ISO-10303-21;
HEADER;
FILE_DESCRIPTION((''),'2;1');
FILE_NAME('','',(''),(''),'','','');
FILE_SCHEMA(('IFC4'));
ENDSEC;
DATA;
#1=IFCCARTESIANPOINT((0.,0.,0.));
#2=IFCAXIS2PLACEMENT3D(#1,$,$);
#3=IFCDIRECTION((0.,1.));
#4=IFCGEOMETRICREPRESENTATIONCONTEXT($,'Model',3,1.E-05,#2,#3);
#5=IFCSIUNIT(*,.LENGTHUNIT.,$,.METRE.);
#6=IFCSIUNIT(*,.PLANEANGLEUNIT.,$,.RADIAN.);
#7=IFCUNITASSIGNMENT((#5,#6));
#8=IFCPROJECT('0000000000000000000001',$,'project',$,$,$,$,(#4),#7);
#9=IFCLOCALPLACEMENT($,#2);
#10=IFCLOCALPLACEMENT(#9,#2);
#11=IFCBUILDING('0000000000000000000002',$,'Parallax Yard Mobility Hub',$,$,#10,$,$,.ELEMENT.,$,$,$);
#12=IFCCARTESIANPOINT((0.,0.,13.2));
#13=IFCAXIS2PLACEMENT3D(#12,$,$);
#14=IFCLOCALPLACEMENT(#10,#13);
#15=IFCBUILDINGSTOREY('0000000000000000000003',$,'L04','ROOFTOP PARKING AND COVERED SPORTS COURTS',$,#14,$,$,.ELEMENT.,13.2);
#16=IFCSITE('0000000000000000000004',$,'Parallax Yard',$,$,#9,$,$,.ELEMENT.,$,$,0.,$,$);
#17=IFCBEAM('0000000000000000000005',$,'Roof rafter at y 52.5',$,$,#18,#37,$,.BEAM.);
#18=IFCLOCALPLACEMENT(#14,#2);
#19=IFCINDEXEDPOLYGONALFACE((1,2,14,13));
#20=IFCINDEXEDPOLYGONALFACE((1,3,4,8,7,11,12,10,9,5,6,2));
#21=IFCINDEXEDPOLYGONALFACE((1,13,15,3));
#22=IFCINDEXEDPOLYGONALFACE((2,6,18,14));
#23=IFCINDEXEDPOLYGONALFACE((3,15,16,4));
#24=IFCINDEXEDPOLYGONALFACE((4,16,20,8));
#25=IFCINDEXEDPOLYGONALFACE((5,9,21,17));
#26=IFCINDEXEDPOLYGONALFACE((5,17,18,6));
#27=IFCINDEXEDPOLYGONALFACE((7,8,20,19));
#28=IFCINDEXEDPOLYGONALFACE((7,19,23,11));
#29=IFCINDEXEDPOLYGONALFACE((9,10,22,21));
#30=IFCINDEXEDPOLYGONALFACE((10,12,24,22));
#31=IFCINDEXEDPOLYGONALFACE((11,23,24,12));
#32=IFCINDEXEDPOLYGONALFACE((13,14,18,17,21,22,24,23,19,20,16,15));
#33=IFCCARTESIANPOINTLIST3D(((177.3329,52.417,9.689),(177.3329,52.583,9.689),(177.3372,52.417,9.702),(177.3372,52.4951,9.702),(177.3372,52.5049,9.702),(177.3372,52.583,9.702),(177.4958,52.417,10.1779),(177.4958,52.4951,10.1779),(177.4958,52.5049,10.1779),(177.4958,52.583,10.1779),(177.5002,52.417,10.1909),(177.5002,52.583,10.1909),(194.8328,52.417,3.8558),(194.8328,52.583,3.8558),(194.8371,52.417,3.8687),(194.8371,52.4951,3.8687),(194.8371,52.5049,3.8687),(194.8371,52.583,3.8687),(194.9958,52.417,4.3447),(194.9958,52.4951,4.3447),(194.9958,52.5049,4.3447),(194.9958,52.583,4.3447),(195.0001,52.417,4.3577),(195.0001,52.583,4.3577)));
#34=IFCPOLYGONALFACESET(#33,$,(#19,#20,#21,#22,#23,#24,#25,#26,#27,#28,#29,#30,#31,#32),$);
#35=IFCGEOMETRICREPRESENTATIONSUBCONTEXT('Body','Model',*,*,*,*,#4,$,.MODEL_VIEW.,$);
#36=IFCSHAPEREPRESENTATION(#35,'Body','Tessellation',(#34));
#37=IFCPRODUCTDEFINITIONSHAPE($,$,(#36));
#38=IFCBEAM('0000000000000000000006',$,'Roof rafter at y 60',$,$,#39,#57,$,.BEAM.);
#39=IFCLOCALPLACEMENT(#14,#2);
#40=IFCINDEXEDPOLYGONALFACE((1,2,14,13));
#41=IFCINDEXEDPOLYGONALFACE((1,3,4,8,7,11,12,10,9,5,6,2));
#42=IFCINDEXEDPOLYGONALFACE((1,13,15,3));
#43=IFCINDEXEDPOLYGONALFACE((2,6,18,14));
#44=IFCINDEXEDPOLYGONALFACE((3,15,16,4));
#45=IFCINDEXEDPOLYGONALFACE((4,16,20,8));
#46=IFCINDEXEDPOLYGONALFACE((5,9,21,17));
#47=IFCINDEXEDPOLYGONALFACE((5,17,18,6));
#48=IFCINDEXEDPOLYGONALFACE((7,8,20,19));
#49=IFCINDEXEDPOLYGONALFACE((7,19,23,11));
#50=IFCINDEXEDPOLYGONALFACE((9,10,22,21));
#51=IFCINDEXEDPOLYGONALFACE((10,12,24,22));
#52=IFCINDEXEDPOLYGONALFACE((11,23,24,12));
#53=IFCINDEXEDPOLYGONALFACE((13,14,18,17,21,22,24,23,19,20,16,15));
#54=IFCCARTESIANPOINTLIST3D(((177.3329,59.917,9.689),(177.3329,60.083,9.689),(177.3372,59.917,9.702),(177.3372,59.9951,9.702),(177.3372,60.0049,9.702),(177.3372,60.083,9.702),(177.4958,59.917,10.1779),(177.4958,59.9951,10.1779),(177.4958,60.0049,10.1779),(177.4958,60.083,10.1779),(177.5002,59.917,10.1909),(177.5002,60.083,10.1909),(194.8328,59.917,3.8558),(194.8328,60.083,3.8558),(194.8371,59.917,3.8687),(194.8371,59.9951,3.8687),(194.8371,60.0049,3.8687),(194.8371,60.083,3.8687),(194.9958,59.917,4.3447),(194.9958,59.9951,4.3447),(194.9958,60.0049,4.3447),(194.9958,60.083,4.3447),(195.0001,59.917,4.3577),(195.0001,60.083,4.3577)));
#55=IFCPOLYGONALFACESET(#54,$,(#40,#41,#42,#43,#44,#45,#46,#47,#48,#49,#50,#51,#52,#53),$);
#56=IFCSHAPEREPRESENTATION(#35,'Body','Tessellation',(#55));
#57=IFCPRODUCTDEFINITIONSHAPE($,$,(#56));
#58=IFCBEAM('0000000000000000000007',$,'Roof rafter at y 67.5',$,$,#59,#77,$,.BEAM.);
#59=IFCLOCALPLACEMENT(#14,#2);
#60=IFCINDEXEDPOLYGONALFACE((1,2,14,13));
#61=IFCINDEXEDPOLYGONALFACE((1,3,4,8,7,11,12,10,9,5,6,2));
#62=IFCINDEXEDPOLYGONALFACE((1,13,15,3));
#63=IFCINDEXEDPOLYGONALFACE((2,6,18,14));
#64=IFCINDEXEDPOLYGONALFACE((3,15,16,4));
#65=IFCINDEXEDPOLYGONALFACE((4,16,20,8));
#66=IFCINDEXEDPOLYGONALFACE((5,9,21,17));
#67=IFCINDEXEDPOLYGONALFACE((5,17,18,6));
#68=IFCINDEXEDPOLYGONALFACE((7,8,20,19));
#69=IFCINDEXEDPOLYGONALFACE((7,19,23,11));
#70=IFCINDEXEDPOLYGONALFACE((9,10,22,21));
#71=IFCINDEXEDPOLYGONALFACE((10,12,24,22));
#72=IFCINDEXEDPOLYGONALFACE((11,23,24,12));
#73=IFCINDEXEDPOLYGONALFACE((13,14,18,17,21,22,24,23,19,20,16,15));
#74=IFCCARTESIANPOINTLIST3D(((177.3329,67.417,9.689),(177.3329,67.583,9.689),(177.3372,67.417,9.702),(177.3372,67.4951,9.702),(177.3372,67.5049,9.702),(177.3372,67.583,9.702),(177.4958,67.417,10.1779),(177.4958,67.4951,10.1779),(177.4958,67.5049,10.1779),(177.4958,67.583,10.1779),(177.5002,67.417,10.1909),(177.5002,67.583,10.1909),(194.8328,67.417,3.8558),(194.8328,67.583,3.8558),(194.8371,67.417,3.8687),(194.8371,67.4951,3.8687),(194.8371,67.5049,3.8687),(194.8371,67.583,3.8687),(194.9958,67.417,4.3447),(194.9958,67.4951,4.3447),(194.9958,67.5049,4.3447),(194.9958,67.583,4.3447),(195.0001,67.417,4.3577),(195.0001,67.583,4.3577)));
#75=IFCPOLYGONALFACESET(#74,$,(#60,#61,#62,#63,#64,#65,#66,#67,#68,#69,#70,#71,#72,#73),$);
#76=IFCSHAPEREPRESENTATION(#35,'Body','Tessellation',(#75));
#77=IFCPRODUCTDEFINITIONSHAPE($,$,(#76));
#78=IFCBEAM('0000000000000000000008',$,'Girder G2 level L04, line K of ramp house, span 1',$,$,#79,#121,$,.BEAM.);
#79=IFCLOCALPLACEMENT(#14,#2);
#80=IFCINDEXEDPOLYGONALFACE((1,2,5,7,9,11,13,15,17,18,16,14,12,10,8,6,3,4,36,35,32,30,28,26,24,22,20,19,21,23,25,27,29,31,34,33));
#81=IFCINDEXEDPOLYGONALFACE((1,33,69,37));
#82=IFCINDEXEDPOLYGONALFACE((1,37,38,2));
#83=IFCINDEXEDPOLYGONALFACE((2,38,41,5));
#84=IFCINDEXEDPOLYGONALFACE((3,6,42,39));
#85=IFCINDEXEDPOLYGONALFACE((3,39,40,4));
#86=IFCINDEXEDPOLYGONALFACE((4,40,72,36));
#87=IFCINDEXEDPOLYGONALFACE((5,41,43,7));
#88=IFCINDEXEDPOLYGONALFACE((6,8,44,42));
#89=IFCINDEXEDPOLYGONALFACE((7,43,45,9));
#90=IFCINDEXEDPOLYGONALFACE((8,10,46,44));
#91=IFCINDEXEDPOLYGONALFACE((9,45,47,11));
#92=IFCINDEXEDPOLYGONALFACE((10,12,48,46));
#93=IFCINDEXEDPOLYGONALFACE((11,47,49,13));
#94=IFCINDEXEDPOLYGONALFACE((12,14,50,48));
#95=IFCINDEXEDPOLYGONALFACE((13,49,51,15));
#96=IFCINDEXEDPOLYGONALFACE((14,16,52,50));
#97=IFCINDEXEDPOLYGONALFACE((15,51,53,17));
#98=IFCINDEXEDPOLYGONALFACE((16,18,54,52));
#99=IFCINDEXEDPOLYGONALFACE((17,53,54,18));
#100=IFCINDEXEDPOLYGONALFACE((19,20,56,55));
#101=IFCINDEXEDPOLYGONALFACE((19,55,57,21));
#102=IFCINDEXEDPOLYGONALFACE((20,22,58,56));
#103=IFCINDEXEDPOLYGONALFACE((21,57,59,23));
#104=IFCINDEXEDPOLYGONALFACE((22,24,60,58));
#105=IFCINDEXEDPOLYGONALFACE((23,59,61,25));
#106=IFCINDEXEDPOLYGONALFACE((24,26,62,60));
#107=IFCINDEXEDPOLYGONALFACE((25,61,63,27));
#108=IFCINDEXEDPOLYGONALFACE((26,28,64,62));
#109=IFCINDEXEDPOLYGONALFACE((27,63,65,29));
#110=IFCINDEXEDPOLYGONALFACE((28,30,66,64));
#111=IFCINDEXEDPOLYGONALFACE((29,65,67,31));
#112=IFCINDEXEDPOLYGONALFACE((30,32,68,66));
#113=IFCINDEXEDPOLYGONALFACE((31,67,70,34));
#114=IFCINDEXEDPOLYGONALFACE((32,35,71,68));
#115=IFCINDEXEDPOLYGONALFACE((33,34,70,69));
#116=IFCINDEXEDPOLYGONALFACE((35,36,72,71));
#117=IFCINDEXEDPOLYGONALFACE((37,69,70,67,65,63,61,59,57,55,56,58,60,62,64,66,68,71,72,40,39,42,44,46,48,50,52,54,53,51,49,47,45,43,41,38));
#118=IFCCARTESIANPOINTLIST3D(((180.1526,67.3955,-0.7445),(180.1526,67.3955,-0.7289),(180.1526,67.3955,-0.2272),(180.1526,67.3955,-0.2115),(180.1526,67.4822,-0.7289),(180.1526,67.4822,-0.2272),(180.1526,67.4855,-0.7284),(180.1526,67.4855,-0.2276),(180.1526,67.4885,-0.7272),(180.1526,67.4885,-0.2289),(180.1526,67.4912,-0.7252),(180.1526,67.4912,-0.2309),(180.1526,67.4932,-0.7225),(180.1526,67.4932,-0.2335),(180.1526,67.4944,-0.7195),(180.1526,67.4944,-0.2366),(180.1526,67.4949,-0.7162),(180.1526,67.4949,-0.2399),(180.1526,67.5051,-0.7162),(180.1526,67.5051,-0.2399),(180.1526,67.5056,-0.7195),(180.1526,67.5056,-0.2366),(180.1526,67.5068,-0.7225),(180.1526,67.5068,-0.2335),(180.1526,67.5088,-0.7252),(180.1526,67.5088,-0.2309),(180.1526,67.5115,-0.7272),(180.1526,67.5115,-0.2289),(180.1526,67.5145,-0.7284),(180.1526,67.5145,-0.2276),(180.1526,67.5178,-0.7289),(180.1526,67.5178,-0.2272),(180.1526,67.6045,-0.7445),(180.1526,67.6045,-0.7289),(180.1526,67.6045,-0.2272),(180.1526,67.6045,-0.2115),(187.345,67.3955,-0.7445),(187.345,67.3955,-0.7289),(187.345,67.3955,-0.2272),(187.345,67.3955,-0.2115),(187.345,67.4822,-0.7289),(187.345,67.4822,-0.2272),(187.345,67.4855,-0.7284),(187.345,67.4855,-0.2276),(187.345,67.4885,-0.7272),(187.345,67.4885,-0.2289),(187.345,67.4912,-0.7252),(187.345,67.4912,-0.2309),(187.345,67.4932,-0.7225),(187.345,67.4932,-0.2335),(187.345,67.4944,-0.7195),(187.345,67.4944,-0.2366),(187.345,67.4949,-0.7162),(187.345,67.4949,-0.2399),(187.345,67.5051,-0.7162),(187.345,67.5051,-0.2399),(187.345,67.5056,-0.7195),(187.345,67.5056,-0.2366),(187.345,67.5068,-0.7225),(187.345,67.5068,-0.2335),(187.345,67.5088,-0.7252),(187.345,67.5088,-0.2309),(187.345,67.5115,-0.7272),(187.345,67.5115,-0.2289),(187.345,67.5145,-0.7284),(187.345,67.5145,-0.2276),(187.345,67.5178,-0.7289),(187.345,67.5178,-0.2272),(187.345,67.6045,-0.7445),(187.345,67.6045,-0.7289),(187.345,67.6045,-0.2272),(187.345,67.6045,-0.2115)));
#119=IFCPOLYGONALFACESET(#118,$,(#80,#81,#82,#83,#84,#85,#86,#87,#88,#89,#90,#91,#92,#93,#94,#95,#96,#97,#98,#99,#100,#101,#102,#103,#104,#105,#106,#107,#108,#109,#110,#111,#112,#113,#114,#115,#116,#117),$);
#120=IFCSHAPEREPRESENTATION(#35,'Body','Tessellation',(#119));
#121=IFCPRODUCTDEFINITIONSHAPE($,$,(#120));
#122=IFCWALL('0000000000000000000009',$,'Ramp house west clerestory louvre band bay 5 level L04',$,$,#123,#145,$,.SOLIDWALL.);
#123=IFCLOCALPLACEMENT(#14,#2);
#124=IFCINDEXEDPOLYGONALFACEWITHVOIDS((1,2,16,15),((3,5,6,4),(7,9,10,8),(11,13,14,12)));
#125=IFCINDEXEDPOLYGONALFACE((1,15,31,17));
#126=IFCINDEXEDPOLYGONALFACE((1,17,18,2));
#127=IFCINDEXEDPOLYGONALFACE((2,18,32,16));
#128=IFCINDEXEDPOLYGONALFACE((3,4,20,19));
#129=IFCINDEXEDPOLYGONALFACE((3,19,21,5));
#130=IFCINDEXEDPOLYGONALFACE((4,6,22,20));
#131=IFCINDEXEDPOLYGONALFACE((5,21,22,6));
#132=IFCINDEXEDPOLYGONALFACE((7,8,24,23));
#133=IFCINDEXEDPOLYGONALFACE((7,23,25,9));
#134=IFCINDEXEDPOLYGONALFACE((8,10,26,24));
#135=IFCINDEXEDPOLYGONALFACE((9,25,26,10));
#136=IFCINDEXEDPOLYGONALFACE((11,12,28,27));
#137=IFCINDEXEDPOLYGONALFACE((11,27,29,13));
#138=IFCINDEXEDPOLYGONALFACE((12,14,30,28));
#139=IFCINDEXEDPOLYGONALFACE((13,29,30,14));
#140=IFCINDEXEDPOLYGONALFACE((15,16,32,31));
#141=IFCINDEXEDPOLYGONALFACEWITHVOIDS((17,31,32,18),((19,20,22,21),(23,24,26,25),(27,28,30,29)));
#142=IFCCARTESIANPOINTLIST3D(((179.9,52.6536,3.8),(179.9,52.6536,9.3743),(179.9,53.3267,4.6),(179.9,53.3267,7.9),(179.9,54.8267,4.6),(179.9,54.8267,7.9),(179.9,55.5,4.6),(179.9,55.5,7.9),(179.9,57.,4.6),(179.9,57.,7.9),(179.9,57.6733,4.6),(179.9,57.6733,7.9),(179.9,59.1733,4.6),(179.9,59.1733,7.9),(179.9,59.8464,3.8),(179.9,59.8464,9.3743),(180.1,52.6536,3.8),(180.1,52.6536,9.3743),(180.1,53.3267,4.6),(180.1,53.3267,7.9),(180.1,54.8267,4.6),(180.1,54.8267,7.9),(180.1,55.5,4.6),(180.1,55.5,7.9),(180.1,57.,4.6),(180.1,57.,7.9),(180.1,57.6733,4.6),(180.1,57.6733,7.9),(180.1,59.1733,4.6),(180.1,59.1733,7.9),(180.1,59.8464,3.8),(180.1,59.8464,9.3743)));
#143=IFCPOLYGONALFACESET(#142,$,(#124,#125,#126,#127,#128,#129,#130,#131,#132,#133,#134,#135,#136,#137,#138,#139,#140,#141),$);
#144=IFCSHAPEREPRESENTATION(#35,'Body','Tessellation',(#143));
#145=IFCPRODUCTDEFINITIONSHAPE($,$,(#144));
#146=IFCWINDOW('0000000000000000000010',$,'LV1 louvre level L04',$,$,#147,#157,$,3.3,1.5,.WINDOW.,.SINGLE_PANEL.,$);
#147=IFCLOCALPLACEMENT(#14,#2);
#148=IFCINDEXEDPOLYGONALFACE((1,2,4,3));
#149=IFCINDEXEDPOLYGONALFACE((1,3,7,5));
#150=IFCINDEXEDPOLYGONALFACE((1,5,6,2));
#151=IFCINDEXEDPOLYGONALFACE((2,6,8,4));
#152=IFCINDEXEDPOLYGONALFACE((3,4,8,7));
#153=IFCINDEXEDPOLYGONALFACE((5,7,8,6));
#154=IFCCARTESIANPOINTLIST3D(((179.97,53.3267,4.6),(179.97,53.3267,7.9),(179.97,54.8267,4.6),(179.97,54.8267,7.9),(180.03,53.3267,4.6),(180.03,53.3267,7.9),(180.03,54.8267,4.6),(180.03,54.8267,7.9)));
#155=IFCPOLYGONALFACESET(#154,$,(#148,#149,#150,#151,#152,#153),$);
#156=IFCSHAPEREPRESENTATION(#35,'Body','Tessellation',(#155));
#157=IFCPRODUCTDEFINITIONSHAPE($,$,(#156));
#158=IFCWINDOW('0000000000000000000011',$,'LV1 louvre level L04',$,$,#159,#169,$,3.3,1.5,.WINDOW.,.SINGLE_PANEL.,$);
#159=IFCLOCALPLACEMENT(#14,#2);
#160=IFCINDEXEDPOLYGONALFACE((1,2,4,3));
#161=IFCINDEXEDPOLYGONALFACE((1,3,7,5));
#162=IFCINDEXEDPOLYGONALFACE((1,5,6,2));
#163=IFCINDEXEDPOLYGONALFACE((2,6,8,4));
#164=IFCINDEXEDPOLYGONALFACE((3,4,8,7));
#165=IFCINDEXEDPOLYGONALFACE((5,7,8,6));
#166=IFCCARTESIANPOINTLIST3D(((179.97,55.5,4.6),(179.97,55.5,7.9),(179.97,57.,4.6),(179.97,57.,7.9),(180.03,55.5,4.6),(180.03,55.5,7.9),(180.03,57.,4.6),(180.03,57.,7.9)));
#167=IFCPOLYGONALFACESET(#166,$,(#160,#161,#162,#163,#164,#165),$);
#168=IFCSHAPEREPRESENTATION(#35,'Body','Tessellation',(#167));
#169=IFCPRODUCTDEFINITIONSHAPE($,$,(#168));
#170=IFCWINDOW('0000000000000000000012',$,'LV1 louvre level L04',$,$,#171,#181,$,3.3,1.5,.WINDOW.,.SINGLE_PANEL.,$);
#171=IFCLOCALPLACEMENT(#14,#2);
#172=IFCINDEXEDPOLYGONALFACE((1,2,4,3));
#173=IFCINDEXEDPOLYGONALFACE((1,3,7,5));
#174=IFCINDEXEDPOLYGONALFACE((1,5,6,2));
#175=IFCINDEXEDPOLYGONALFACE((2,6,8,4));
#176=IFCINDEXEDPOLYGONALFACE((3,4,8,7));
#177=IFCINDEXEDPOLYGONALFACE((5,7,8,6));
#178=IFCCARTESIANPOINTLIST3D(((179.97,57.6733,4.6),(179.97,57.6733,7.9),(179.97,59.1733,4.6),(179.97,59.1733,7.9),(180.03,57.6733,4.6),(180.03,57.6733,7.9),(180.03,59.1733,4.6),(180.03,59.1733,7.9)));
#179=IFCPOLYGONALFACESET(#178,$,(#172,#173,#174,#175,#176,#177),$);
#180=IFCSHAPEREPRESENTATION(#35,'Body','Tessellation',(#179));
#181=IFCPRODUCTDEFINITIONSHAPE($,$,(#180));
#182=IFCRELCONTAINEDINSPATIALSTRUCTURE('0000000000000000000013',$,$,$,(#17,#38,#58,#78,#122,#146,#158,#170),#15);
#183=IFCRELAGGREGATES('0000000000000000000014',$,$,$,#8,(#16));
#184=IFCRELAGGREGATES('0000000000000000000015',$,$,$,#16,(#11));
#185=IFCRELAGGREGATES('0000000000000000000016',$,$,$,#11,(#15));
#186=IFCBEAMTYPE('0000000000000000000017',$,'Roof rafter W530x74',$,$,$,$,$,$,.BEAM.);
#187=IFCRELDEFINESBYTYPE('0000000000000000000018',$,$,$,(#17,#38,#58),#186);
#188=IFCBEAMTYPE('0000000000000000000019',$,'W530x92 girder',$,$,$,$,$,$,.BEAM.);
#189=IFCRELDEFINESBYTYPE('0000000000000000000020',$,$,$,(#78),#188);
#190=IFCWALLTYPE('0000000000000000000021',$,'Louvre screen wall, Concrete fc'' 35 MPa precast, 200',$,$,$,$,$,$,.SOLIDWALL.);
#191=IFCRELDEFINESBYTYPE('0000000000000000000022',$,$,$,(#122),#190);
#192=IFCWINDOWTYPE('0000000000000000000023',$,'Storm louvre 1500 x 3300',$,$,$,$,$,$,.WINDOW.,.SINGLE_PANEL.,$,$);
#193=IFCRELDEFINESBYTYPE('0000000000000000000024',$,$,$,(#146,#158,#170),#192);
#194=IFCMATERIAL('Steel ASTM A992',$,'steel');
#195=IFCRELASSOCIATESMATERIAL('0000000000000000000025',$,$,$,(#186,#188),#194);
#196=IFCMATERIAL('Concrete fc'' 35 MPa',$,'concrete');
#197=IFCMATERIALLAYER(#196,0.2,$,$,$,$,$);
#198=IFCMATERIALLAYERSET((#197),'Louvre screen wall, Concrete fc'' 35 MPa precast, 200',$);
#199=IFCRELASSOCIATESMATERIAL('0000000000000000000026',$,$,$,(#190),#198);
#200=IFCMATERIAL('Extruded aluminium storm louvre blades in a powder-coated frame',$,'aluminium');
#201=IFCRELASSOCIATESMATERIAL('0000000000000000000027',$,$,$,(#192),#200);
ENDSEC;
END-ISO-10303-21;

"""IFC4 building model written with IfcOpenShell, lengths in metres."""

from ifc_helpers import new_model, si_unit, direction, frame, frame_2d, origin, origin_2d, place, context, subcontext, project, spatial, rectangle, i_section, extrude, material, layer, layer_set, material_profile, profile_set, type_object, element, fill, save


model = new_model("IFC4")

# Units and contexts
model_context = context("Model", 3, precision=1e-05, world=origin(), true_north=direction((0.0, 1.0)))
body_context = subcontext(model_context, "Body", "Model", "MODEL_VIEW")
ifc_project = project(units=[si_unit("LENGTHUNIT", "METRE"), si_unit("PLANEANGLEUNIT", "RADIAN")], contexts=[model_context])

# Site, building, storey
site_placement = place(None, origin())
site = spatial("IfcSite", under=ifc_project, at=site_placement, Name="Parallax Yard", CompositionType="ELEMENT", RefElevation=0.0)
building_placement = place(site_placement, origin())
building = spatial("IfcBuilding", under=site, at=building_placement, Name="Parallax Yard Mobility Hub", CompositionType="ELEMENT")
storey_placement = place(building_placement, frame((0.0, 0.0, 13.2)))
storey = spatial("IfcBuildingStorey", under=building, at=storey_placement, Name="L04", Description="ROOFTOP PARKING AND COVERED SPORTS COURTS", CompositionType="ELEMENT", Elevation=13.2)

# Shared definitions
ifc_material_1 = material(Name="Steel ASTM A992", Category="steel")

# Beams
ifc_material_profile_1 = material_profile(ifc_material_1, i_section(OverallWidth=0.166, OverallDepth=0.5291, WebThickness=0.0098, FlangeThickness=0.0137, at=origin_2d()), Name="W530x74")
ifc_profile_set_1 = profile_set([ifc_material_profile_1], Name="Steel ASTM A992")
beam_type_1 = type_object("IfcBeamType", Name="Roof rafter W530x74", PredefinedType="BEAM", material=ifc_profile_set_1)
for number, where, z_axis, x_axis, name in (
    (1, (177.4165, 52.5, 9.9399), (0.948685, 0.0, -0.316224), (0.0, 1.0, 0.0), "Roof rafter at y 52.5"),
    (2, (177.4165, 60.0, 9.9399), (0.948685, 0.0, -0.316224), (0.0, 1.0, 0.0), "Roof rafter at y 60"),
    (3, (177.4165, 67.5, 9.9399), (0.948685, 0.0, -0.316224), (0.0, 1.0, 0.0), "Roof rafter at y 67.5"),
):
    element("IfcBeam", number, at=place(storey_placement, frame(where, z_axis=z_axis, x_axis=x_axis)), inside=storey, type_object=beam_type_1, Name=name, PredefinedType="BEAM", context=body_context, shape_type="SweptSolid", body=[
        extrude(i_section(OverallWidth=0.166, OverallDepth=0.5291, WebThickness=0.0098, FlangeThickness=0.0137, at=origin_2d()), origin(), (0.0, 0.0, 1.0), 18.4465),
    ])
ifc_material_profile_2 = material_profile(ifc_material_1, i_section(OverallWidth=0.209, OverallDepth=0.533, WebThickness=0.0103, FlangeThickness=0.0156, FilletRadius=0.0127, at=origin_2d()), Name="W530x92")
ifc_profile_set_2 = profile_set([ifc_material_profile_2], Name="Steel ASTM A992")
beam_type_2 = type_object("IfcBeamType", Name="W530x92 girder", PredefinedType="BEAM", material=ifc_profile_set_2)
beam_placement = place(storey_placement, frame((180.1526, 67.5, -0.478), z_axis=(1.0, 0.0, 0.0), x_axis=(0.0, 1.0, 0.0)))
element("IfcBeam", 4, at=beam_placement, inside=storey, type_object=beam_type_2, Name="Girder G2 level L04, line K of ramp house, span 1", PredefinedType="BEAM", context=body_context, shape_type="SweptSolid", body=[
    extrude(i_section(OverallWidth=0.209, OverallDepth=0.533, WebThickness=0.0103, FlangeThickness=0.0156, FilletRadius=0.0127, at=origin_2d()), origin(), (0.0, 0.0, 1.0), 7.1924),
])

# Wall, openings, windows
ifc_material_2 = material(Name="Concrete fc' 35 MPa", Category="concrete")
ifc_layer_1 = layer(ifc_material_2, 0.2)
ifc_layer_set_1 = layer_set([ifc_layer_1], Name="Louvre screen wall, Concrete fc' 35 MPa precast, 200")
wall_type = type_object("IfcWallType", Name="Louvre screen wall, Concrete fc' 35 MPa precast, 200", PredefinedType="SOLIDWALL", material=ifc_layer_set_1)
wall_1_placement = place(storey_placement, frame((180.0, 52.6536, 3.8), z_axis=(0.0, 0.0, 1.0), x_axis=(0.0, 1.0, 0.0)))
wall_1 = element("IfcWall", 5, at=wall_1_placement, inside=storey, type_object=wall_type, Name="Ramp house west clerestory louvre band bay 5 level L04", PredefinedType="SOLIDWALL", context=body_context, shape_type="SweptSolid", body=[
    extrude(rectangle(XDim=7.1929, YDim=0.2, at=frame_2d((3.5964, 0.0))), origin(), (0.0, 0.0, 1.0), 5.5742),
])
opening_1_placement = place(wall_1_placement, frame((0.6731, 0.0, 0.8)))
opening_1 = element("IfcOpeningElement", 6, at=opening_1_placement, cuts=wall_1, PredefinedType="OPENING", context=body_context, shape_type="SweptSolid", body=[
    extrude(rectangle(XDim=1.5, YDim=3.3, at=frame_2d((0.75, 1.6499))), frame((0.0, 0.1099, 0.0), z_axis=(0.0, -1.0, 0.0), x_axis=(1.0, 0.0, 0.0)), (0.0, 0.0, 1.0), 0.22),
])
opening_2_placement = place(wall_1_placement, frame((2.8464, 0.0, 0.8)))
opening_2 = element("IfcOpeningElement", 7, at=opening_2_placement, cuts=wall_1, PredefinedType="OPENING", context=body_context, shape_type="SweptSolid", body=[
    extrude(rectangle(XDim=1.5, YDim=3.3, at=frame_2d((0.75, 1.6499))), frame((0.0, 0.1099, 0.0), z_axis=(0.0, -1.0, 0.0), x_axis=(1.0, 0.0, 0.0)), (0.0, 0.0, 1.0), 0.22),
])
opening_3_placement = place(wall_1_placement, frame((5.0198, 0.0, 0.8)))
opening_3 = element("IfcOpeningElement", 8, at=opening_3_placement, cuts=wall_1, PredefinedType="OPENING", context=body_context, shape_type="SweptSolid", body=[
    extrude(rectangle(XDim=1.5, YDim=3.3, at=frame_2d((0.75, 1.6499))), frame((0.0, 0.1099, 0.0), z_axis=(0.0, -1.0, 0.0), x_axis=(1.0, 0.0, 0.0)), (0.0, 0.0, 1.0), 0.22),
])
ifc_material_3 = material(Name="Extruded aluminium storm louvre blades in a powder-coated frame", Category="aluminium")
window_type = type_object("IfcWindowType", Name="Storm louvre 1500 x 3300", PartitioningType="SINGLE_PANEL", PredefinedType="WINDOW", material=ifc_material_3)
window_1_placement = place(opening_1_placement, origin())
window_1 = element("IfcWindow", 9, at=window_1_placement, inside=storey, type_object=window_type, Name="LV1 louvre level L04", OverallHeight=3.3, OverallWidth=1.5, PartitioningType="SINGLE_PANEL", PredefinedType="WINDOW", context=body_context, shape_type="SweptSolid", body=[
    extrude(rectangle(XDim=1.5, YDim=3.3, at=frame_2d((0.75, 1.6499))), frame((0.0, 0.03, 0.0), z_axis=(0.0, -1.0, 0.0), x_axis=(1.0, 0.0, 0.0)), (0.0, 0.0, 1.0), 0.0601),
])
fill(opening_1, window_1)
window_2_placement = place(opening_2_placement, origin())
window_2 = element("IfcWindow", 10, at=window_2_placement, inside=storey, type_object=window_type, Name="LV1 louvre level L04", OverallHeight=3.3, OverallWidth=1.5, PartitioningType="SINGLE_PANEL", PredefinedType="WINDOW", context=body_context, shape_type="SweptSolid", body=[
    extrude(rectangle(XDim=1.5, YDim=3.3, at=frame_2d((0.75, 1.6499))), frame((0.0, 0.03, 0.0), z_axis=(0.0, -1.0, 0.0), x_axis=(1.0, 0.0, 0.0)), (0.0, 0.0, 1.0), 0.0601),
])
fill(opening_2, window_2)
window_3_placement = place(opening_3_placement, origin())
window_3 = element("IfcWindow", 11, at=window_3_placement, inside=storey, type_object=window_type, Name="LV1 louvre level L04", OverallHeight=3.3, OverallWidth=1.5, PartitioningType="SINGLE_PANEL", PredefinedType="WINDOW", context=body_context, shape_type="SweptSolid", body=[
    extrude(rectangle(XDim=1.5, YDim=3.3, at=frame_2d((0.75, 1.6499))), frame((0.0, 0.03, 0.0), z_axis=(0.0, -1.0, 0.0), x_axis=(1.0, 0.0, 0.0)), (0.0, 0.0, 1.0), 0.0601),
])
fill(opening_3, window_3)

save(model, "model.ifc")
